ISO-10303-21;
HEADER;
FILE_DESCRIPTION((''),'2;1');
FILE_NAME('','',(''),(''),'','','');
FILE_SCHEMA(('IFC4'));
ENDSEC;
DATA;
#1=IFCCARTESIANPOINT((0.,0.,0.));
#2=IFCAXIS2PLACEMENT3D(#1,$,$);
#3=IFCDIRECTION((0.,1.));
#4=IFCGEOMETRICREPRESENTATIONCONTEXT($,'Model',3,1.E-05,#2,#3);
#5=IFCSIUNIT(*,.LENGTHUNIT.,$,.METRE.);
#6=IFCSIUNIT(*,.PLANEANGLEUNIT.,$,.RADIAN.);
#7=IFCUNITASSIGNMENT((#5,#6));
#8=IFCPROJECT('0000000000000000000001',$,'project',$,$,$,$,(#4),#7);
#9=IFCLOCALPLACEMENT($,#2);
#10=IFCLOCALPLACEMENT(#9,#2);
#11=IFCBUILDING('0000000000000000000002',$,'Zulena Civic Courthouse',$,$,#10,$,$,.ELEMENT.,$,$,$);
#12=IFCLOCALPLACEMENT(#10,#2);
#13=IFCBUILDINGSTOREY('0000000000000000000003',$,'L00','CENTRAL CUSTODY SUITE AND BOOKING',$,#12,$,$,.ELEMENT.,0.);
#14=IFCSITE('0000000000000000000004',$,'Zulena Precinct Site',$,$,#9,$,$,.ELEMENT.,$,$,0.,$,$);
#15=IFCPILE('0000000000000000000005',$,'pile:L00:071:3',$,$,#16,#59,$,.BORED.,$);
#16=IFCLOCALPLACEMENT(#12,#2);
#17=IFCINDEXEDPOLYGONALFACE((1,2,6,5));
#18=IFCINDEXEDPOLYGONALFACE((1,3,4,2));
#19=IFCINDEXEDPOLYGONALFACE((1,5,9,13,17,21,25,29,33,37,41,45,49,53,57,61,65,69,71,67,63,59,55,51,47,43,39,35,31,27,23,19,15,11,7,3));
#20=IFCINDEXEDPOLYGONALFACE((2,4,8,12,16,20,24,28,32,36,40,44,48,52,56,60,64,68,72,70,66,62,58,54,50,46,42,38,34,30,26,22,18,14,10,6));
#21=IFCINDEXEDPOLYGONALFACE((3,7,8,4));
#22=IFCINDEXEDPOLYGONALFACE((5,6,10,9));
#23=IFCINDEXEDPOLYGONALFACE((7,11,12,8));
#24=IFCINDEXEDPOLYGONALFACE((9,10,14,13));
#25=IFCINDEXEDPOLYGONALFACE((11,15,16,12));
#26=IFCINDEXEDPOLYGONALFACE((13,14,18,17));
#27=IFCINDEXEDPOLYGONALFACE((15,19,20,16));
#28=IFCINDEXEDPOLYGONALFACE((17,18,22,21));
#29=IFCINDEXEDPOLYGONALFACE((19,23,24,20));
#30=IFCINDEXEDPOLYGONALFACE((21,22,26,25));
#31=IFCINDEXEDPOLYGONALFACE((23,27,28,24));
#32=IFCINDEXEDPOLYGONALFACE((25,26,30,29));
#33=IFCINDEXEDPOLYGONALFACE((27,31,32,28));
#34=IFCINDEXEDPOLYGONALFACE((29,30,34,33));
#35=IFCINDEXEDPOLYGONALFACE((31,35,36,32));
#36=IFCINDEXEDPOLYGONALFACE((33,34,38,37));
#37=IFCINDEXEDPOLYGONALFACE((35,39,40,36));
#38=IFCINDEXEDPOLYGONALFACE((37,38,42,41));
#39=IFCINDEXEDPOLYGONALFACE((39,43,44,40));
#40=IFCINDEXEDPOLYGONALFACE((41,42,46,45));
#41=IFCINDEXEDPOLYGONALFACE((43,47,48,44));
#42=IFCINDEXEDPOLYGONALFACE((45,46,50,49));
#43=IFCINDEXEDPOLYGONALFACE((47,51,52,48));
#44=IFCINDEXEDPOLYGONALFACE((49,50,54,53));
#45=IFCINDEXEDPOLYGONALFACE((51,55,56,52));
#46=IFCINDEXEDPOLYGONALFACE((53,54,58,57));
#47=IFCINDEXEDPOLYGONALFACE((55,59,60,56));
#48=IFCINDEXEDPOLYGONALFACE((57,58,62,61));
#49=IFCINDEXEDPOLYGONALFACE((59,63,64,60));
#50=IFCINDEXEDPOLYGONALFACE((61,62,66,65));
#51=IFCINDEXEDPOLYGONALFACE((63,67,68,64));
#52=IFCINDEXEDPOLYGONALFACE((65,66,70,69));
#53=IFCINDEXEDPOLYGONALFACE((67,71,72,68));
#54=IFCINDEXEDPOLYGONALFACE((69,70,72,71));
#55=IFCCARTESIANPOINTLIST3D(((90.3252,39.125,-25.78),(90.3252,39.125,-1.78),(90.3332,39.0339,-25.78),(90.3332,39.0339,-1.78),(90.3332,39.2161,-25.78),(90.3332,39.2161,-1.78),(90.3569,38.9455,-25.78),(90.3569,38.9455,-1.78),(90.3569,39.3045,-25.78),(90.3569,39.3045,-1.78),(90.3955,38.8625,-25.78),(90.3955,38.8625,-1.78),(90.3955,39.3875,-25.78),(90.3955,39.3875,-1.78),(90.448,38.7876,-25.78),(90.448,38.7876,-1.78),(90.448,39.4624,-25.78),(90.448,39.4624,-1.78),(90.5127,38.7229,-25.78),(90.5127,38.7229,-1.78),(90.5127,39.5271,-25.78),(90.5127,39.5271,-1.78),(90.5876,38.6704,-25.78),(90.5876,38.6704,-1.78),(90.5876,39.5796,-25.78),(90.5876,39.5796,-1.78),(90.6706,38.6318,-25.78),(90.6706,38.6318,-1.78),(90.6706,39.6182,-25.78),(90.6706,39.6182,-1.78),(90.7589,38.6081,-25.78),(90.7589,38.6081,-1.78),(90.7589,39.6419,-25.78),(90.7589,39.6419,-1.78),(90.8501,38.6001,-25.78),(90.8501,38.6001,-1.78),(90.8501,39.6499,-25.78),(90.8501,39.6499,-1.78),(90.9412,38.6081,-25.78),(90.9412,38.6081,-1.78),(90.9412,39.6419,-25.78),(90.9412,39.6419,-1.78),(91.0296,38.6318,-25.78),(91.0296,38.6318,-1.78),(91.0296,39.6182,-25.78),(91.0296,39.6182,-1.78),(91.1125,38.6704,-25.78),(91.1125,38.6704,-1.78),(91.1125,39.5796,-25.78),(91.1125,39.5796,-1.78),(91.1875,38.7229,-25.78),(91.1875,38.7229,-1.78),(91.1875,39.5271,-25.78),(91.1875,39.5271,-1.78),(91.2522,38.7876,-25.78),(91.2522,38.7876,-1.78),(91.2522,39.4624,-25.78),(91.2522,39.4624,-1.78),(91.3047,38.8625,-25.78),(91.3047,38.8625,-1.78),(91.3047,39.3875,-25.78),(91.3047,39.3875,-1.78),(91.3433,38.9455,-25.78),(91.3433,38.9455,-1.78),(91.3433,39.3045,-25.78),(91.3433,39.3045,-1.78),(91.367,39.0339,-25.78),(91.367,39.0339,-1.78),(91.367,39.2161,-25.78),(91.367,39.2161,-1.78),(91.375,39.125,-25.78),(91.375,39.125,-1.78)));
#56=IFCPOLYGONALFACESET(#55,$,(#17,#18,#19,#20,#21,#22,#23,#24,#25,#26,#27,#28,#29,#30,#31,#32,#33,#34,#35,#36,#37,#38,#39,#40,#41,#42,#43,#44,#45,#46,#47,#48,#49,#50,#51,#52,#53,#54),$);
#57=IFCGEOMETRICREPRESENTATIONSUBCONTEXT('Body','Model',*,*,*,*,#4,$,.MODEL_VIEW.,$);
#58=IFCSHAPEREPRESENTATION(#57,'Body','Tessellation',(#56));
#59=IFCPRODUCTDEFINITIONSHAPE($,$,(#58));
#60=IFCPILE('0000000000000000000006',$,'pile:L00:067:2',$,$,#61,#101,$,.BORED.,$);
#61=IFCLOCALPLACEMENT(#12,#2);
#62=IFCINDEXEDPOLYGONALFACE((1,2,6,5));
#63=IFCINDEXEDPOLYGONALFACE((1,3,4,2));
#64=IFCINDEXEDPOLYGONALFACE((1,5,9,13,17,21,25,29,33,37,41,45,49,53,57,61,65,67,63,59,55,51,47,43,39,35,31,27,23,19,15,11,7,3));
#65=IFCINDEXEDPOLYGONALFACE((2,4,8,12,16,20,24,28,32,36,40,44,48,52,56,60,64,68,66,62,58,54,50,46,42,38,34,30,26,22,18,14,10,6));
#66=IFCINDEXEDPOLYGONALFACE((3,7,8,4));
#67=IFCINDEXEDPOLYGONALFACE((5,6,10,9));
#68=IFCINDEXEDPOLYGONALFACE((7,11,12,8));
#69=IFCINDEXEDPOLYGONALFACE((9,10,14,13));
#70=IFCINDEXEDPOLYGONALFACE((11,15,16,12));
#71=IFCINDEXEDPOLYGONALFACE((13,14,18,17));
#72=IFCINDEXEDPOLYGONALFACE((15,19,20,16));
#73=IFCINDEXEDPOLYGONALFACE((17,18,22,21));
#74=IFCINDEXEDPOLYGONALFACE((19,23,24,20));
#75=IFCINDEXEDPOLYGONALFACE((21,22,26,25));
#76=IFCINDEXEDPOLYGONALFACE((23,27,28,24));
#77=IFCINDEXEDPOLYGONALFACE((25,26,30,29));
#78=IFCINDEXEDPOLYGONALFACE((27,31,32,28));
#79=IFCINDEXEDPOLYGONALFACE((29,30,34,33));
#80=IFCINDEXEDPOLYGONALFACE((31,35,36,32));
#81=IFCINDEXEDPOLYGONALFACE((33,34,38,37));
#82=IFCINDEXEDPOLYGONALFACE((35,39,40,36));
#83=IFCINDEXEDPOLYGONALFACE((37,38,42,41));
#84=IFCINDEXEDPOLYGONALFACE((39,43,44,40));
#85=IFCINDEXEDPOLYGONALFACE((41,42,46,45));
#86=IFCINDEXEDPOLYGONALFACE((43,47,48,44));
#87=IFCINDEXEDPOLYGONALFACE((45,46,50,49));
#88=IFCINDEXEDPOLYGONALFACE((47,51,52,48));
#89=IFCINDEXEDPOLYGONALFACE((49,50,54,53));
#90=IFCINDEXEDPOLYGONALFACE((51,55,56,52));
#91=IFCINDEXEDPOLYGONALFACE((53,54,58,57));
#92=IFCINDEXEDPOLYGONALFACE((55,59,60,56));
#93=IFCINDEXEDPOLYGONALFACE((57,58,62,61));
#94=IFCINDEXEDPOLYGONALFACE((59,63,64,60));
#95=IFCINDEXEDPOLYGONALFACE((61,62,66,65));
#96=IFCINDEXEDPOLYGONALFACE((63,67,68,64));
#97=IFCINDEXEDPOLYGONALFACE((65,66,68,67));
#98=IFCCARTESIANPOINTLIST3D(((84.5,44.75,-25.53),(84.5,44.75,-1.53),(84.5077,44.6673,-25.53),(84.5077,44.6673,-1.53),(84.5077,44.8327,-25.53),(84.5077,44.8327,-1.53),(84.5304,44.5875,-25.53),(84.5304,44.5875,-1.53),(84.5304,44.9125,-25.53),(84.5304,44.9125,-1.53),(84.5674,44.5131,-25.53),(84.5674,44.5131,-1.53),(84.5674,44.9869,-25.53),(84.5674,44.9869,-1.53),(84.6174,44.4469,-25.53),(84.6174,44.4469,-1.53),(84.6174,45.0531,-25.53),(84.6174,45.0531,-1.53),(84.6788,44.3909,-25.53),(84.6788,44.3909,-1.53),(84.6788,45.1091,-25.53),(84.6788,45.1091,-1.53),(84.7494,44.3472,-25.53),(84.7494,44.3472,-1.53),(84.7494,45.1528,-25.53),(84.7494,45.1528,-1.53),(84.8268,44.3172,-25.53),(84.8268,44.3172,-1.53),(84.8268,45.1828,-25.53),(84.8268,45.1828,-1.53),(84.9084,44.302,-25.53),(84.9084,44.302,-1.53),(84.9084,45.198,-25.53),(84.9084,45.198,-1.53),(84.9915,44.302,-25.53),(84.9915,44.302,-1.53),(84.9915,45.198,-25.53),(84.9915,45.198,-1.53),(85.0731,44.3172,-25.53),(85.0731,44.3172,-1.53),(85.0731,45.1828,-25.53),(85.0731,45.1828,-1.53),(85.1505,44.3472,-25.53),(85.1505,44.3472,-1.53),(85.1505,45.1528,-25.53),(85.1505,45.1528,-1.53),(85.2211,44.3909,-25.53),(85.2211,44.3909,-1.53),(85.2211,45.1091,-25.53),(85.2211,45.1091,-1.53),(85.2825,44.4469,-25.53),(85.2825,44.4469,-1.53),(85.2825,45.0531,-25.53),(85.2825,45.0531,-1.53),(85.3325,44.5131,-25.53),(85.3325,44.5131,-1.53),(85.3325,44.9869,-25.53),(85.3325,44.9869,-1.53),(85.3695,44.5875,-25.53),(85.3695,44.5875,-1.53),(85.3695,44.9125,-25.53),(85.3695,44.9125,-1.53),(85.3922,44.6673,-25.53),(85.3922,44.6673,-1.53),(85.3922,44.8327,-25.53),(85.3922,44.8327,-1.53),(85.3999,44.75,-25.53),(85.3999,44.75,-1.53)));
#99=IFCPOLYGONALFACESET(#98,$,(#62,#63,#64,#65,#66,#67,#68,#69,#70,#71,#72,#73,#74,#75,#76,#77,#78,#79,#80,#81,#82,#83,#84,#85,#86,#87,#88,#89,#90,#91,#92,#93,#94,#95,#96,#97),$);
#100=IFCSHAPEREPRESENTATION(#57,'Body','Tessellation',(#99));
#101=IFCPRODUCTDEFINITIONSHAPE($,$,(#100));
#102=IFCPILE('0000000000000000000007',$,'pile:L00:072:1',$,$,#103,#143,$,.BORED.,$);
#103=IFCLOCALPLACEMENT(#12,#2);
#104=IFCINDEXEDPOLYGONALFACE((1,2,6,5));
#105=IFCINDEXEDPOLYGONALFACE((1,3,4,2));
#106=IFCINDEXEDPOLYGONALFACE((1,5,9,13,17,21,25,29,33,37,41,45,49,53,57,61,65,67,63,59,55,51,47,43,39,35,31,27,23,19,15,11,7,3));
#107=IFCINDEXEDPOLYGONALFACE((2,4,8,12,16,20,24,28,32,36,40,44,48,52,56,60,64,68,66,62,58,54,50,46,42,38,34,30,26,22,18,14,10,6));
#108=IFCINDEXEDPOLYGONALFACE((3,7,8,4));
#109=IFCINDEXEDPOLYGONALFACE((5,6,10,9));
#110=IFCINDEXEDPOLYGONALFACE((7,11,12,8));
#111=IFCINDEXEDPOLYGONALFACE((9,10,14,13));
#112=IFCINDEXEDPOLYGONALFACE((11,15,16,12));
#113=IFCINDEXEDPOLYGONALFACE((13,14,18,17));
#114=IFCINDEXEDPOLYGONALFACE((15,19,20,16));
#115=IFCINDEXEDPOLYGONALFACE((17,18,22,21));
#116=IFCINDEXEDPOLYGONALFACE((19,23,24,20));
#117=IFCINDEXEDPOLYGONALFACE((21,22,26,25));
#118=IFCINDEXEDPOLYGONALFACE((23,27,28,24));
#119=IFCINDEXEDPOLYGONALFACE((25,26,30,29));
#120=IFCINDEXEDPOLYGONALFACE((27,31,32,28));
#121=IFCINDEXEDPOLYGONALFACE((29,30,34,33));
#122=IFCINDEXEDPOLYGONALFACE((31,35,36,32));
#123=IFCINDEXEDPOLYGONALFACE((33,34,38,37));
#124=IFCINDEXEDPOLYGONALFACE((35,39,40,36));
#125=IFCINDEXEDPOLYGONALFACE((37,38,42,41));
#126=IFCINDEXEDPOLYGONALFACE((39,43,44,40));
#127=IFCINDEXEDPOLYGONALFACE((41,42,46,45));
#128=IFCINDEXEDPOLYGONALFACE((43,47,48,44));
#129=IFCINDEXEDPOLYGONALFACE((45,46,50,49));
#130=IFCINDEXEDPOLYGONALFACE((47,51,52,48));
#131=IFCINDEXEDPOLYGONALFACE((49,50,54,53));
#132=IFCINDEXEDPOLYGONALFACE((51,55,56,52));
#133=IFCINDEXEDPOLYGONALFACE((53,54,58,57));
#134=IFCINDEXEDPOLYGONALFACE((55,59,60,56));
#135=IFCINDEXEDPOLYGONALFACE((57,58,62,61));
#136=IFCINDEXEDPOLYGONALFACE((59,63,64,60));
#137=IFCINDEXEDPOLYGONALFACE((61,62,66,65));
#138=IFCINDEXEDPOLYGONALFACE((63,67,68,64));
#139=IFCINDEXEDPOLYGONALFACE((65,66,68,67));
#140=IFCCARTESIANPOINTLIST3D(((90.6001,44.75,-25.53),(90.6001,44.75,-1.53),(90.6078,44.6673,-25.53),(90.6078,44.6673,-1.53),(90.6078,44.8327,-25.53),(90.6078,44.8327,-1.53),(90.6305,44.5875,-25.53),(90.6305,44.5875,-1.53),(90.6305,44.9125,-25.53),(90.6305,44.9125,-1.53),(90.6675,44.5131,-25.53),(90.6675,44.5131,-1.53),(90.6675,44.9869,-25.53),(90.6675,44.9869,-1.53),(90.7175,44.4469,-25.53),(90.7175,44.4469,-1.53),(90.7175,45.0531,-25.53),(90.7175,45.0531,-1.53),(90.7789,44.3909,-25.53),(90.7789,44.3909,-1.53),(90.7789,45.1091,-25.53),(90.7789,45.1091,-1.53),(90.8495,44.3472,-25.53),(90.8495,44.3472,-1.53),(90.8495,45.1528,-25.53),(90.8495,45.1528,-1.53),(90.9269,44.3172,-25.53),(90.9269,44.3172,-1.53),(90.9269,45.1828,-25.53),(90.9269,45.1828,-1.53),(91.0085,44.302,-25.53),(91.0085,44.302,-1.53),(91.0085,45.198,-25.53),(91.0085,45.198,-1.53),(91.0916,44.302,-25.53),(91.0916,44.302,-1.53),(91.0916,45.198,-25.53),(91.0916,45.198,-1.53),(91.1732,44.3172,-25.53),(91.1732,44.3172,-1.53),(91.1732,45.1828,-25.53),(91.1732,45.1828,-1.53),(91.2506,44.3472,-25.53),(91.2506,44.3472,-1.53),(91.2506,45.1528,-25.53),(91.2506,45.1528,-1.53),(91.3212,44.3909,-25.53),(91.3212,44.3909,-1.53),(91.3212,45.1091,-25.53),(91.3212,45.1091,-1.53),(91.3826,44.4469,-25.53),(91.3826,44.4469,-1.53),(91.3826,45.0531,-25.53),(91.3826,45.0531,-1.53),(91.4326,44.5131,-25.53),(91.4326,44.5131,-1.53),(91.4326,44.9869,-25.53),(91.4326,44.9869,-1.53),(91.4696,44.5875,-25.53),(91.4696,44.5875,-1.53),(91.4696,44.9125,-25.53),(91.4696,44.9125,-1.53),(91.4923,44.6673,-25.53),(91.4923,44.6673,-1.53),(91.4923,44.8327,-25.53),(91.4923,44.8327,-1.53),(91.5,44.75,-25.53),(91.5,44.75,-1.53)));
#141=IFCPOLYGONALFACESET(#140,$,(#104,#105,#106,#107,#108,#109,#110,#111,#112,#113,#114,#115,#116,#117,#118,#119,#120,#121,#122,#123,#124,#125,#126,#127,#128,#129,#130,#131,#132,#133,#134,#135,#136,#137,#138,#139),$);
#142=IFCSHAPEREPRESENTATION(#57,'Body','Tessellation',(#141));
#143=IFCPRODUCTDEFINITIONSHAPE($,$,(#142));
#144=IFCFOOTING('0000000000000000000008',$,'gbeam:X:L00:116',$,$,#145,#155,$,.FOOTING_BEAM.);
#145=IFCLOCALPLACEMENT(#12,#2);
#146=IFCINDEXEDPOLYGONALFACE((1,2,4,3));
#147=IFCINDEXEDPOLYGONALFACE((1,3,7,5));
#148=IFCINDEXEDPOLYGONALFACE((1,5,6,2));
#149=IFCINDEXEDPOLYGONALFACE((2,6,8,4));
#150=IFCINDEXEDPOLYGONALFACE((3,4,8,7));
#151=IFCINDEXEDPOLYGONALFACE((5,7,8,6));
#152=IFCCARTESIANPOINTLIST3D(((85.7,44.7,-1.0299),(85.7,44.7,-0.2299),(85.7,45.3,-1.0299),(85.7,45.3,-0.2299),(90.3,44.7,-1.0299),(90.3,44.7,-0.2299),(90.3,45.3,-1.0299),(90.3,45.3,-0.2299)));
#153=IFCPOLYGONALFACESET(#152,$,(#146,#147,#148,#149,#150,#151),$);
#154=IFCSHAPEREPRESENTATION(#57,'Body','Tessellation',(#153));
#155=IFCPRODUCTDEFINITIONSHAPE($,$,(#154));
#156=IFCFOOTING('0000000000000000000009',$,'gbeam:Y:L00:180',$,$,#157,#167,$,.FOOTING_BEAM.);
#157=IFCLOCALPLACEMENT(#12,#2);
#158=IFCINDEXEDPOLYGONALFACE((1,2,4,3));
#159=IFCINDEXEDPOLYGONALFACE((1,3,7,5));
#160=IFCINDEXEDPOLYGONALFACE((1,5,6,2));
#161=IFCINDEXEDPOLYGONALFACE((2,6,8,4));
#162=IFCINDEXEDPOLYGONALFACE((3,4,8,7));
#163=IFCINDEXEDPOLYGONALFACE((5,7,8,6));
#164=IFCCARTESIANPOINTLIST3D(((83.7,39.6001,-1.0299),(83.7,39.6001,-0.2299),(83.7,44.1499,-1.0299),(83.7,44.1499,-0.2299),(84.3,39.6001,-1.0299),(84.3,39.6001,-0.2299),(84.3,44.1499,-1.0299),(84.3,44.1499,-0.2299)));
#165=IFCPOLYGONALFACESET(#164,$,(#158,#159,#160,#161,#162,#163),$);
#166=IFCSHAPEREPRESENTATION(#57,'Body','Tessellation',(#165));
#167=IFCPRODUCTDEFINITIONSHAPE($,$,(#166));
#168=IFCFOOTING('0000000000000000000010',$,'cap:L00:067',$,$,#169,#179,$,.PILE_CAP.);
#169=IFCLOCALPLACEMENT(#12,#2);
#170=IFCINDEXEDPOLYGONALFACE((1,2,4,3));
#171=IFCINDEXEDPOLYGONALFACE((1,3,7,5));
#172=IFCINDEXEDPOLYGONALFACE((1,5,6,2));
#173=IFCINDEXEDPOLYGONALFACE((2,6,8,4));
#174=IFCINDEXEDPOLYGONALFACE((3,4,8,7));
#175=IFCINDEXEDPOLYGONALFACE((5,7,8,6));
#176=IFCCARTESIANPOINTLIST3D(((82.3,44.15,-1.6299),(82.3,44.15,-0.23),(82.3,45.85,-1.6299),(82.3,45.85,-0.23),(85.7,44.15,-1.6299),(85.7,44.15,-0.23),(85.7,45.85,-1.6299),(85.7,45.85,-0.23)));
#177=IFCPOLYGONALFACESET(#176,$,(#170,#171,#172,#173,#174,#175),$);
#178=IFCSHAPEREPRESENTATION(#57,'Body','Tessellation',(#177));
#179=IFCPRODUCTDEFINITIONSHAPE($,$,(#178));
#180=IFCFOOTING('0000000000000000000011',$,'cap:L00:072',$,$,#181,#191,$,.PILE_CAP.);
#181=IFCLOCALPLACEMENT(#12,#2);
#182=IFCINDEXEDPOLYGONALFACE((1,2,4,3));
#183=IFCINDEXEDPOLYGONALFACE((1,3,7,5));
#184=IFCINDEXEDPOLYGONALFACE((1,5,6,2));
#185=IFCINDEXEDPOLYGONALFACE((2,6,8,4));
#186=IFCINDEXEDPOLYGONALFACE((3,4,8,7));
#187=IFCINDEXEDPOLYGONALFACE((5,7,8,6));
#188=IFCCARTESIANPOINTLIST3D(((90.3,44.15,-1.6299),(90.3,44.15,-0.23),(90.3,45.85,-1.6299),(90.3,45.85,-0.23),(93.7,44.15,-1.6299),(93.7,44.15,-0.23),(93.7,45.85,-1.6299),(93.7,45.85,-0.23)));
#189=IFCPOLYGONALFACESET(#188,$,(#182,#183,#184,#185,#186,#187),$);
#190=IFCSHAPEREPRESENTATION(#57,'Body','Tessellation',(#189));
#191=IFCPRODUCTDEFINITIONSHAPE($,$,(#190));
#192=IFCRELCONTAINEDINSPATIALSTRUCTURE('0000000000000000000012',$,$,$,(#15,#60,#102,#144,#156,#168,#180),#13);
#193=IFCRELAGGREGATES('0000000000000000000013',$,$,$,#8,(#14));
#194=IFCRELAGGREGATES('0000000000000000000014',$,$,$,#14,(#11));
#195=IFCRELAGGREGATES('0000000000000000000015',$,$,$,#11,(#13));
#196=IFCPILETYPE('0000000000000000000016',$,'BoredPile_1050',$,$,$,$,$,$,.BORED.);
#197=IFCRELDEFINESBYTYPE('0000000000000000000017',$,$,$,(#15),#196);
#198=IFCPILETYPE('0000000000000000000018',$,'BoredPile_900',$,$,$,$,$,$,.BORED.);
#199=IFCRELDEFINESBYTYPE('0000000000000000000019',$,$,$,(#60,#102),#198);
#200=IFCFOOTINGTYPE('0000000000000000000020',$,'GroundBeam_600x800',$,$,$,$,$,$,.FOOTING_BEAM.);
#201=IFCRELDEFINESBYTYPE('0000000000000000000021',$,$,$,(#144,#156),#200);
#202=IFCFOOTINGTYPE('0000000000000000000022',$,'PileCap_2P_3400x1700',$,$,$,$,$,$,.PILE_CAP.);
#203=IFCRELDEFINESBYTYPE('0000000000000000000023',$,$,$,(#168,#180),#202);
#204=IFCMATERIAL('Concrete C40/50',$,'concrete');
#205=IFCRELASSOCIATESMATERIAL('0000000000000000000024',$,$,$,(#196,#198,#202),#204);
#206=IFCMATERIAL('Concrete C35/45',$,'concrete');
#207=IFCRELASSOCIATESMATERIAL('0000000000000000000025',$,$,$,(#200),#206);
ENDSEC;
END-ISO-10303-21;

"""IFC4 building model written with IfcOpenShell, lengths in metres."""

from ifc_helpers import new_model, si_unit, direction, frame, origin, origin_2d, place, context, subcontext, project, spatial, rectangle, circle, extrude, material, material_profile, profile_set, type_object, element, save


model = new_model("IFC4")

# Units and contexts
model_context = context("Model", 3, precision=1e-05, world=origin(), true_north=direction((0.0, 1.0)))
body_context = subcontext(model_context, "Body", "Model", "MODEL_VIEW")
ifc_project = project(units=[si_unit("LENGTHUNIT", "METRE"), si_unit("PLANEANGLEUNIT", "RADIAN")], contexts=[model_context])

# Site, building, storey
site_placement = place(None, origin())
site = spatial("IfcSite", under=ifc_project, at=site_placement, Name="Zulena Precinct Site", CompositionType="ELEMENT", RefElevation=0.0)
building_placement = place(site_placement, origin())
building = spatial("IfcBuilding", under=site, at=building_placement, Name="Zulena Civic Courthouse", CompositionType="ELEMENT")
storey_placement = place(building_placement, origin())
storey = spatial("IfcBuildingStorey", under=building, at=storey_placement, Name="L00", Description="CENTRAL CUSTODY SUITE AND BOOKING", CompositionType="ELEMENT", Elevation=0.0)

# Piles
ifc_material_1 = material(Name="Concrete C40/50", Category="concrete")
ifc_material_profile_1 = material_profile(ifc_material_1, circle(Radius=0.5249, at=origin_2d()), Name="PILE1050")
ifc_profile_set_1 = profile_set([ifc_material_profile_1], Name="Concrete C40/50")
pile_type_1 = type_object("IfcPileType", Name="BoredPile_1050", PredefinedType="BORED", material=ifc_profile_set_1)
pile_placement = place(storey_placement, frame((90.8501, 39.125, -1.78), z_axis=(0.0, 0.0, -1.0), x_axis=(1.0, 0.0, 0.0)))
element("IfcPile", 1, at=pile_placement, inside=storey, type_object=pile_type_1, Name="pile:L00:071:3", PredefinedType="BORED", context=body_context, shape_type="SweptSolid", body=[
    extrude(circle(Radius=0.5249, at=origin_2d()), origin(), (0.0, 0.0, 1.0), 24.0),
])
ifc_material_profile_2 = material_profile(ifc_material_1, circle(Radius=0.45, at=origin_2d()), Name="PILE900")
ifc_profile_set_2 = profile_set([ifc_material_profile_2], Name="Concrete C40/50")
pile_type_2 = type_object("IfcPileType", Name="BoredPile_900", PredefinedType="BORED", material=ifc_profile_set_2)
for number, where, z_axis, x_axis, name in (
    (2, (84.95, 44.75, -1.53), (0.0, 0.0, -1.0), (1.0, 0.0, 0.0), "pile:L00:067:2"),
    (3, (91.05, 44.75, -1.53), (0.0, 0.0, -1.0), (1.0, 0.0, 0.0), "pile:L00:072:1"),
):
    element("IfcPile", number, at=place(storey_placement, frame(where, z_axis=z_axis, x_axis=x_axis)), inside=storey, type_object=pile_type_2, Name=name, PredefinedType="BORED", context=body_context, shape_type="SweptSolid", body=[
        extrude(circle(Radius=0.45, at=origin_2d()), origin(), (0.0, 0.0, 1.0), 24.0),
    ])

# Footings
ifc_material_2 = material(Name="Concrete C35/45", Category="concrete")
ifc_material_profile_3 = material_profile(ifc_material_2, rectangle(XDim=0.6001, YDim=0.8, at=origin_2d()), Name="RC600X800")
ifc_profile_set_3 = profile_set([ifc_material_profile_3], Name="Concrete C35/45")
footing_type_1 = type_object("IfcFootingType", Name="GroundBeam_600x800", PredefinedType="FOOTING_BEAM", material=ifc_profile_set_3)
footing_1_placement = place(storey_placement, frame((85.7, 45.0, -0.6299), z_axis=(1.0, 0.0, 0.0), x_axis=(0.0, 1.0, 0.0)))
element("IfcFooting", 4, at=footing_1_placement, inside=storey, type_object=footing_type_1, Name="gbeam:X:L00:116", PredefinedType="FOOTING_BEAM", context=body_context, shape_type="SweptSolid", body=[
    extrude(rectangle(XDim=0.6001, YDim=0.8, at=origin_2d()), origin(), (0.0, 0.0, 1.0), 4.6001),
])
footing_2_placement = place(storey_placement, frame((84.0, 39.6001, -0.6299), z_axis=(0.0, 1.0, 0.0), x_axis=(-1.0, 0.0, 0.0)))
element("IfcFooting", 5, at=footing_2_placement, inside=storey, type_object=footing_type_1, Name="gbeam:Y:L00:180", PredefinedType="FOOTING_BEAM", context=body_context, shape_type="SweptSolid", body=[
    extrude(rectangle(XDim=0.6001, YDim=0.8, at=origin_2d()), origin(), (0.0, 0.0, 1.0), 4.5498),
])
footing_type_2 = type_object("IfcFootingType", Name="PileCap_2P_3400x1700", PredefinedType="PILE_CAP", material=ifc_material_1)
for number, where, z_axis, x_axis, name in (
    (6, (84.0, 45.0, -1.6299), (0.0, 0.0, 1.0), (1.0, 0.0, 0.0), "cap:L00:067"),
    (7, (92.0, 45.0, -1.6299), (0.0, 0.0, 1.0), (1.0, 0.0, 0.0), "cap:L00:072"),
):
    element("IfcFooting", number, at=place(storey_placement, frame(where, z_axis=z_axis, x_axis=x_axis)), inside=storey, type_object=footing_type_2, Name=name, PredefinedType="PILE_CAP", context=body_context, shape_type="SweptSolid", body=[
        extrude(rectangle(XDim=3.3999, YDim=1.7, at=origin_2d()), origin(), (0.0, 0.0, 1.0), 1.3999),
    ])

save(model, "model.ifc")
